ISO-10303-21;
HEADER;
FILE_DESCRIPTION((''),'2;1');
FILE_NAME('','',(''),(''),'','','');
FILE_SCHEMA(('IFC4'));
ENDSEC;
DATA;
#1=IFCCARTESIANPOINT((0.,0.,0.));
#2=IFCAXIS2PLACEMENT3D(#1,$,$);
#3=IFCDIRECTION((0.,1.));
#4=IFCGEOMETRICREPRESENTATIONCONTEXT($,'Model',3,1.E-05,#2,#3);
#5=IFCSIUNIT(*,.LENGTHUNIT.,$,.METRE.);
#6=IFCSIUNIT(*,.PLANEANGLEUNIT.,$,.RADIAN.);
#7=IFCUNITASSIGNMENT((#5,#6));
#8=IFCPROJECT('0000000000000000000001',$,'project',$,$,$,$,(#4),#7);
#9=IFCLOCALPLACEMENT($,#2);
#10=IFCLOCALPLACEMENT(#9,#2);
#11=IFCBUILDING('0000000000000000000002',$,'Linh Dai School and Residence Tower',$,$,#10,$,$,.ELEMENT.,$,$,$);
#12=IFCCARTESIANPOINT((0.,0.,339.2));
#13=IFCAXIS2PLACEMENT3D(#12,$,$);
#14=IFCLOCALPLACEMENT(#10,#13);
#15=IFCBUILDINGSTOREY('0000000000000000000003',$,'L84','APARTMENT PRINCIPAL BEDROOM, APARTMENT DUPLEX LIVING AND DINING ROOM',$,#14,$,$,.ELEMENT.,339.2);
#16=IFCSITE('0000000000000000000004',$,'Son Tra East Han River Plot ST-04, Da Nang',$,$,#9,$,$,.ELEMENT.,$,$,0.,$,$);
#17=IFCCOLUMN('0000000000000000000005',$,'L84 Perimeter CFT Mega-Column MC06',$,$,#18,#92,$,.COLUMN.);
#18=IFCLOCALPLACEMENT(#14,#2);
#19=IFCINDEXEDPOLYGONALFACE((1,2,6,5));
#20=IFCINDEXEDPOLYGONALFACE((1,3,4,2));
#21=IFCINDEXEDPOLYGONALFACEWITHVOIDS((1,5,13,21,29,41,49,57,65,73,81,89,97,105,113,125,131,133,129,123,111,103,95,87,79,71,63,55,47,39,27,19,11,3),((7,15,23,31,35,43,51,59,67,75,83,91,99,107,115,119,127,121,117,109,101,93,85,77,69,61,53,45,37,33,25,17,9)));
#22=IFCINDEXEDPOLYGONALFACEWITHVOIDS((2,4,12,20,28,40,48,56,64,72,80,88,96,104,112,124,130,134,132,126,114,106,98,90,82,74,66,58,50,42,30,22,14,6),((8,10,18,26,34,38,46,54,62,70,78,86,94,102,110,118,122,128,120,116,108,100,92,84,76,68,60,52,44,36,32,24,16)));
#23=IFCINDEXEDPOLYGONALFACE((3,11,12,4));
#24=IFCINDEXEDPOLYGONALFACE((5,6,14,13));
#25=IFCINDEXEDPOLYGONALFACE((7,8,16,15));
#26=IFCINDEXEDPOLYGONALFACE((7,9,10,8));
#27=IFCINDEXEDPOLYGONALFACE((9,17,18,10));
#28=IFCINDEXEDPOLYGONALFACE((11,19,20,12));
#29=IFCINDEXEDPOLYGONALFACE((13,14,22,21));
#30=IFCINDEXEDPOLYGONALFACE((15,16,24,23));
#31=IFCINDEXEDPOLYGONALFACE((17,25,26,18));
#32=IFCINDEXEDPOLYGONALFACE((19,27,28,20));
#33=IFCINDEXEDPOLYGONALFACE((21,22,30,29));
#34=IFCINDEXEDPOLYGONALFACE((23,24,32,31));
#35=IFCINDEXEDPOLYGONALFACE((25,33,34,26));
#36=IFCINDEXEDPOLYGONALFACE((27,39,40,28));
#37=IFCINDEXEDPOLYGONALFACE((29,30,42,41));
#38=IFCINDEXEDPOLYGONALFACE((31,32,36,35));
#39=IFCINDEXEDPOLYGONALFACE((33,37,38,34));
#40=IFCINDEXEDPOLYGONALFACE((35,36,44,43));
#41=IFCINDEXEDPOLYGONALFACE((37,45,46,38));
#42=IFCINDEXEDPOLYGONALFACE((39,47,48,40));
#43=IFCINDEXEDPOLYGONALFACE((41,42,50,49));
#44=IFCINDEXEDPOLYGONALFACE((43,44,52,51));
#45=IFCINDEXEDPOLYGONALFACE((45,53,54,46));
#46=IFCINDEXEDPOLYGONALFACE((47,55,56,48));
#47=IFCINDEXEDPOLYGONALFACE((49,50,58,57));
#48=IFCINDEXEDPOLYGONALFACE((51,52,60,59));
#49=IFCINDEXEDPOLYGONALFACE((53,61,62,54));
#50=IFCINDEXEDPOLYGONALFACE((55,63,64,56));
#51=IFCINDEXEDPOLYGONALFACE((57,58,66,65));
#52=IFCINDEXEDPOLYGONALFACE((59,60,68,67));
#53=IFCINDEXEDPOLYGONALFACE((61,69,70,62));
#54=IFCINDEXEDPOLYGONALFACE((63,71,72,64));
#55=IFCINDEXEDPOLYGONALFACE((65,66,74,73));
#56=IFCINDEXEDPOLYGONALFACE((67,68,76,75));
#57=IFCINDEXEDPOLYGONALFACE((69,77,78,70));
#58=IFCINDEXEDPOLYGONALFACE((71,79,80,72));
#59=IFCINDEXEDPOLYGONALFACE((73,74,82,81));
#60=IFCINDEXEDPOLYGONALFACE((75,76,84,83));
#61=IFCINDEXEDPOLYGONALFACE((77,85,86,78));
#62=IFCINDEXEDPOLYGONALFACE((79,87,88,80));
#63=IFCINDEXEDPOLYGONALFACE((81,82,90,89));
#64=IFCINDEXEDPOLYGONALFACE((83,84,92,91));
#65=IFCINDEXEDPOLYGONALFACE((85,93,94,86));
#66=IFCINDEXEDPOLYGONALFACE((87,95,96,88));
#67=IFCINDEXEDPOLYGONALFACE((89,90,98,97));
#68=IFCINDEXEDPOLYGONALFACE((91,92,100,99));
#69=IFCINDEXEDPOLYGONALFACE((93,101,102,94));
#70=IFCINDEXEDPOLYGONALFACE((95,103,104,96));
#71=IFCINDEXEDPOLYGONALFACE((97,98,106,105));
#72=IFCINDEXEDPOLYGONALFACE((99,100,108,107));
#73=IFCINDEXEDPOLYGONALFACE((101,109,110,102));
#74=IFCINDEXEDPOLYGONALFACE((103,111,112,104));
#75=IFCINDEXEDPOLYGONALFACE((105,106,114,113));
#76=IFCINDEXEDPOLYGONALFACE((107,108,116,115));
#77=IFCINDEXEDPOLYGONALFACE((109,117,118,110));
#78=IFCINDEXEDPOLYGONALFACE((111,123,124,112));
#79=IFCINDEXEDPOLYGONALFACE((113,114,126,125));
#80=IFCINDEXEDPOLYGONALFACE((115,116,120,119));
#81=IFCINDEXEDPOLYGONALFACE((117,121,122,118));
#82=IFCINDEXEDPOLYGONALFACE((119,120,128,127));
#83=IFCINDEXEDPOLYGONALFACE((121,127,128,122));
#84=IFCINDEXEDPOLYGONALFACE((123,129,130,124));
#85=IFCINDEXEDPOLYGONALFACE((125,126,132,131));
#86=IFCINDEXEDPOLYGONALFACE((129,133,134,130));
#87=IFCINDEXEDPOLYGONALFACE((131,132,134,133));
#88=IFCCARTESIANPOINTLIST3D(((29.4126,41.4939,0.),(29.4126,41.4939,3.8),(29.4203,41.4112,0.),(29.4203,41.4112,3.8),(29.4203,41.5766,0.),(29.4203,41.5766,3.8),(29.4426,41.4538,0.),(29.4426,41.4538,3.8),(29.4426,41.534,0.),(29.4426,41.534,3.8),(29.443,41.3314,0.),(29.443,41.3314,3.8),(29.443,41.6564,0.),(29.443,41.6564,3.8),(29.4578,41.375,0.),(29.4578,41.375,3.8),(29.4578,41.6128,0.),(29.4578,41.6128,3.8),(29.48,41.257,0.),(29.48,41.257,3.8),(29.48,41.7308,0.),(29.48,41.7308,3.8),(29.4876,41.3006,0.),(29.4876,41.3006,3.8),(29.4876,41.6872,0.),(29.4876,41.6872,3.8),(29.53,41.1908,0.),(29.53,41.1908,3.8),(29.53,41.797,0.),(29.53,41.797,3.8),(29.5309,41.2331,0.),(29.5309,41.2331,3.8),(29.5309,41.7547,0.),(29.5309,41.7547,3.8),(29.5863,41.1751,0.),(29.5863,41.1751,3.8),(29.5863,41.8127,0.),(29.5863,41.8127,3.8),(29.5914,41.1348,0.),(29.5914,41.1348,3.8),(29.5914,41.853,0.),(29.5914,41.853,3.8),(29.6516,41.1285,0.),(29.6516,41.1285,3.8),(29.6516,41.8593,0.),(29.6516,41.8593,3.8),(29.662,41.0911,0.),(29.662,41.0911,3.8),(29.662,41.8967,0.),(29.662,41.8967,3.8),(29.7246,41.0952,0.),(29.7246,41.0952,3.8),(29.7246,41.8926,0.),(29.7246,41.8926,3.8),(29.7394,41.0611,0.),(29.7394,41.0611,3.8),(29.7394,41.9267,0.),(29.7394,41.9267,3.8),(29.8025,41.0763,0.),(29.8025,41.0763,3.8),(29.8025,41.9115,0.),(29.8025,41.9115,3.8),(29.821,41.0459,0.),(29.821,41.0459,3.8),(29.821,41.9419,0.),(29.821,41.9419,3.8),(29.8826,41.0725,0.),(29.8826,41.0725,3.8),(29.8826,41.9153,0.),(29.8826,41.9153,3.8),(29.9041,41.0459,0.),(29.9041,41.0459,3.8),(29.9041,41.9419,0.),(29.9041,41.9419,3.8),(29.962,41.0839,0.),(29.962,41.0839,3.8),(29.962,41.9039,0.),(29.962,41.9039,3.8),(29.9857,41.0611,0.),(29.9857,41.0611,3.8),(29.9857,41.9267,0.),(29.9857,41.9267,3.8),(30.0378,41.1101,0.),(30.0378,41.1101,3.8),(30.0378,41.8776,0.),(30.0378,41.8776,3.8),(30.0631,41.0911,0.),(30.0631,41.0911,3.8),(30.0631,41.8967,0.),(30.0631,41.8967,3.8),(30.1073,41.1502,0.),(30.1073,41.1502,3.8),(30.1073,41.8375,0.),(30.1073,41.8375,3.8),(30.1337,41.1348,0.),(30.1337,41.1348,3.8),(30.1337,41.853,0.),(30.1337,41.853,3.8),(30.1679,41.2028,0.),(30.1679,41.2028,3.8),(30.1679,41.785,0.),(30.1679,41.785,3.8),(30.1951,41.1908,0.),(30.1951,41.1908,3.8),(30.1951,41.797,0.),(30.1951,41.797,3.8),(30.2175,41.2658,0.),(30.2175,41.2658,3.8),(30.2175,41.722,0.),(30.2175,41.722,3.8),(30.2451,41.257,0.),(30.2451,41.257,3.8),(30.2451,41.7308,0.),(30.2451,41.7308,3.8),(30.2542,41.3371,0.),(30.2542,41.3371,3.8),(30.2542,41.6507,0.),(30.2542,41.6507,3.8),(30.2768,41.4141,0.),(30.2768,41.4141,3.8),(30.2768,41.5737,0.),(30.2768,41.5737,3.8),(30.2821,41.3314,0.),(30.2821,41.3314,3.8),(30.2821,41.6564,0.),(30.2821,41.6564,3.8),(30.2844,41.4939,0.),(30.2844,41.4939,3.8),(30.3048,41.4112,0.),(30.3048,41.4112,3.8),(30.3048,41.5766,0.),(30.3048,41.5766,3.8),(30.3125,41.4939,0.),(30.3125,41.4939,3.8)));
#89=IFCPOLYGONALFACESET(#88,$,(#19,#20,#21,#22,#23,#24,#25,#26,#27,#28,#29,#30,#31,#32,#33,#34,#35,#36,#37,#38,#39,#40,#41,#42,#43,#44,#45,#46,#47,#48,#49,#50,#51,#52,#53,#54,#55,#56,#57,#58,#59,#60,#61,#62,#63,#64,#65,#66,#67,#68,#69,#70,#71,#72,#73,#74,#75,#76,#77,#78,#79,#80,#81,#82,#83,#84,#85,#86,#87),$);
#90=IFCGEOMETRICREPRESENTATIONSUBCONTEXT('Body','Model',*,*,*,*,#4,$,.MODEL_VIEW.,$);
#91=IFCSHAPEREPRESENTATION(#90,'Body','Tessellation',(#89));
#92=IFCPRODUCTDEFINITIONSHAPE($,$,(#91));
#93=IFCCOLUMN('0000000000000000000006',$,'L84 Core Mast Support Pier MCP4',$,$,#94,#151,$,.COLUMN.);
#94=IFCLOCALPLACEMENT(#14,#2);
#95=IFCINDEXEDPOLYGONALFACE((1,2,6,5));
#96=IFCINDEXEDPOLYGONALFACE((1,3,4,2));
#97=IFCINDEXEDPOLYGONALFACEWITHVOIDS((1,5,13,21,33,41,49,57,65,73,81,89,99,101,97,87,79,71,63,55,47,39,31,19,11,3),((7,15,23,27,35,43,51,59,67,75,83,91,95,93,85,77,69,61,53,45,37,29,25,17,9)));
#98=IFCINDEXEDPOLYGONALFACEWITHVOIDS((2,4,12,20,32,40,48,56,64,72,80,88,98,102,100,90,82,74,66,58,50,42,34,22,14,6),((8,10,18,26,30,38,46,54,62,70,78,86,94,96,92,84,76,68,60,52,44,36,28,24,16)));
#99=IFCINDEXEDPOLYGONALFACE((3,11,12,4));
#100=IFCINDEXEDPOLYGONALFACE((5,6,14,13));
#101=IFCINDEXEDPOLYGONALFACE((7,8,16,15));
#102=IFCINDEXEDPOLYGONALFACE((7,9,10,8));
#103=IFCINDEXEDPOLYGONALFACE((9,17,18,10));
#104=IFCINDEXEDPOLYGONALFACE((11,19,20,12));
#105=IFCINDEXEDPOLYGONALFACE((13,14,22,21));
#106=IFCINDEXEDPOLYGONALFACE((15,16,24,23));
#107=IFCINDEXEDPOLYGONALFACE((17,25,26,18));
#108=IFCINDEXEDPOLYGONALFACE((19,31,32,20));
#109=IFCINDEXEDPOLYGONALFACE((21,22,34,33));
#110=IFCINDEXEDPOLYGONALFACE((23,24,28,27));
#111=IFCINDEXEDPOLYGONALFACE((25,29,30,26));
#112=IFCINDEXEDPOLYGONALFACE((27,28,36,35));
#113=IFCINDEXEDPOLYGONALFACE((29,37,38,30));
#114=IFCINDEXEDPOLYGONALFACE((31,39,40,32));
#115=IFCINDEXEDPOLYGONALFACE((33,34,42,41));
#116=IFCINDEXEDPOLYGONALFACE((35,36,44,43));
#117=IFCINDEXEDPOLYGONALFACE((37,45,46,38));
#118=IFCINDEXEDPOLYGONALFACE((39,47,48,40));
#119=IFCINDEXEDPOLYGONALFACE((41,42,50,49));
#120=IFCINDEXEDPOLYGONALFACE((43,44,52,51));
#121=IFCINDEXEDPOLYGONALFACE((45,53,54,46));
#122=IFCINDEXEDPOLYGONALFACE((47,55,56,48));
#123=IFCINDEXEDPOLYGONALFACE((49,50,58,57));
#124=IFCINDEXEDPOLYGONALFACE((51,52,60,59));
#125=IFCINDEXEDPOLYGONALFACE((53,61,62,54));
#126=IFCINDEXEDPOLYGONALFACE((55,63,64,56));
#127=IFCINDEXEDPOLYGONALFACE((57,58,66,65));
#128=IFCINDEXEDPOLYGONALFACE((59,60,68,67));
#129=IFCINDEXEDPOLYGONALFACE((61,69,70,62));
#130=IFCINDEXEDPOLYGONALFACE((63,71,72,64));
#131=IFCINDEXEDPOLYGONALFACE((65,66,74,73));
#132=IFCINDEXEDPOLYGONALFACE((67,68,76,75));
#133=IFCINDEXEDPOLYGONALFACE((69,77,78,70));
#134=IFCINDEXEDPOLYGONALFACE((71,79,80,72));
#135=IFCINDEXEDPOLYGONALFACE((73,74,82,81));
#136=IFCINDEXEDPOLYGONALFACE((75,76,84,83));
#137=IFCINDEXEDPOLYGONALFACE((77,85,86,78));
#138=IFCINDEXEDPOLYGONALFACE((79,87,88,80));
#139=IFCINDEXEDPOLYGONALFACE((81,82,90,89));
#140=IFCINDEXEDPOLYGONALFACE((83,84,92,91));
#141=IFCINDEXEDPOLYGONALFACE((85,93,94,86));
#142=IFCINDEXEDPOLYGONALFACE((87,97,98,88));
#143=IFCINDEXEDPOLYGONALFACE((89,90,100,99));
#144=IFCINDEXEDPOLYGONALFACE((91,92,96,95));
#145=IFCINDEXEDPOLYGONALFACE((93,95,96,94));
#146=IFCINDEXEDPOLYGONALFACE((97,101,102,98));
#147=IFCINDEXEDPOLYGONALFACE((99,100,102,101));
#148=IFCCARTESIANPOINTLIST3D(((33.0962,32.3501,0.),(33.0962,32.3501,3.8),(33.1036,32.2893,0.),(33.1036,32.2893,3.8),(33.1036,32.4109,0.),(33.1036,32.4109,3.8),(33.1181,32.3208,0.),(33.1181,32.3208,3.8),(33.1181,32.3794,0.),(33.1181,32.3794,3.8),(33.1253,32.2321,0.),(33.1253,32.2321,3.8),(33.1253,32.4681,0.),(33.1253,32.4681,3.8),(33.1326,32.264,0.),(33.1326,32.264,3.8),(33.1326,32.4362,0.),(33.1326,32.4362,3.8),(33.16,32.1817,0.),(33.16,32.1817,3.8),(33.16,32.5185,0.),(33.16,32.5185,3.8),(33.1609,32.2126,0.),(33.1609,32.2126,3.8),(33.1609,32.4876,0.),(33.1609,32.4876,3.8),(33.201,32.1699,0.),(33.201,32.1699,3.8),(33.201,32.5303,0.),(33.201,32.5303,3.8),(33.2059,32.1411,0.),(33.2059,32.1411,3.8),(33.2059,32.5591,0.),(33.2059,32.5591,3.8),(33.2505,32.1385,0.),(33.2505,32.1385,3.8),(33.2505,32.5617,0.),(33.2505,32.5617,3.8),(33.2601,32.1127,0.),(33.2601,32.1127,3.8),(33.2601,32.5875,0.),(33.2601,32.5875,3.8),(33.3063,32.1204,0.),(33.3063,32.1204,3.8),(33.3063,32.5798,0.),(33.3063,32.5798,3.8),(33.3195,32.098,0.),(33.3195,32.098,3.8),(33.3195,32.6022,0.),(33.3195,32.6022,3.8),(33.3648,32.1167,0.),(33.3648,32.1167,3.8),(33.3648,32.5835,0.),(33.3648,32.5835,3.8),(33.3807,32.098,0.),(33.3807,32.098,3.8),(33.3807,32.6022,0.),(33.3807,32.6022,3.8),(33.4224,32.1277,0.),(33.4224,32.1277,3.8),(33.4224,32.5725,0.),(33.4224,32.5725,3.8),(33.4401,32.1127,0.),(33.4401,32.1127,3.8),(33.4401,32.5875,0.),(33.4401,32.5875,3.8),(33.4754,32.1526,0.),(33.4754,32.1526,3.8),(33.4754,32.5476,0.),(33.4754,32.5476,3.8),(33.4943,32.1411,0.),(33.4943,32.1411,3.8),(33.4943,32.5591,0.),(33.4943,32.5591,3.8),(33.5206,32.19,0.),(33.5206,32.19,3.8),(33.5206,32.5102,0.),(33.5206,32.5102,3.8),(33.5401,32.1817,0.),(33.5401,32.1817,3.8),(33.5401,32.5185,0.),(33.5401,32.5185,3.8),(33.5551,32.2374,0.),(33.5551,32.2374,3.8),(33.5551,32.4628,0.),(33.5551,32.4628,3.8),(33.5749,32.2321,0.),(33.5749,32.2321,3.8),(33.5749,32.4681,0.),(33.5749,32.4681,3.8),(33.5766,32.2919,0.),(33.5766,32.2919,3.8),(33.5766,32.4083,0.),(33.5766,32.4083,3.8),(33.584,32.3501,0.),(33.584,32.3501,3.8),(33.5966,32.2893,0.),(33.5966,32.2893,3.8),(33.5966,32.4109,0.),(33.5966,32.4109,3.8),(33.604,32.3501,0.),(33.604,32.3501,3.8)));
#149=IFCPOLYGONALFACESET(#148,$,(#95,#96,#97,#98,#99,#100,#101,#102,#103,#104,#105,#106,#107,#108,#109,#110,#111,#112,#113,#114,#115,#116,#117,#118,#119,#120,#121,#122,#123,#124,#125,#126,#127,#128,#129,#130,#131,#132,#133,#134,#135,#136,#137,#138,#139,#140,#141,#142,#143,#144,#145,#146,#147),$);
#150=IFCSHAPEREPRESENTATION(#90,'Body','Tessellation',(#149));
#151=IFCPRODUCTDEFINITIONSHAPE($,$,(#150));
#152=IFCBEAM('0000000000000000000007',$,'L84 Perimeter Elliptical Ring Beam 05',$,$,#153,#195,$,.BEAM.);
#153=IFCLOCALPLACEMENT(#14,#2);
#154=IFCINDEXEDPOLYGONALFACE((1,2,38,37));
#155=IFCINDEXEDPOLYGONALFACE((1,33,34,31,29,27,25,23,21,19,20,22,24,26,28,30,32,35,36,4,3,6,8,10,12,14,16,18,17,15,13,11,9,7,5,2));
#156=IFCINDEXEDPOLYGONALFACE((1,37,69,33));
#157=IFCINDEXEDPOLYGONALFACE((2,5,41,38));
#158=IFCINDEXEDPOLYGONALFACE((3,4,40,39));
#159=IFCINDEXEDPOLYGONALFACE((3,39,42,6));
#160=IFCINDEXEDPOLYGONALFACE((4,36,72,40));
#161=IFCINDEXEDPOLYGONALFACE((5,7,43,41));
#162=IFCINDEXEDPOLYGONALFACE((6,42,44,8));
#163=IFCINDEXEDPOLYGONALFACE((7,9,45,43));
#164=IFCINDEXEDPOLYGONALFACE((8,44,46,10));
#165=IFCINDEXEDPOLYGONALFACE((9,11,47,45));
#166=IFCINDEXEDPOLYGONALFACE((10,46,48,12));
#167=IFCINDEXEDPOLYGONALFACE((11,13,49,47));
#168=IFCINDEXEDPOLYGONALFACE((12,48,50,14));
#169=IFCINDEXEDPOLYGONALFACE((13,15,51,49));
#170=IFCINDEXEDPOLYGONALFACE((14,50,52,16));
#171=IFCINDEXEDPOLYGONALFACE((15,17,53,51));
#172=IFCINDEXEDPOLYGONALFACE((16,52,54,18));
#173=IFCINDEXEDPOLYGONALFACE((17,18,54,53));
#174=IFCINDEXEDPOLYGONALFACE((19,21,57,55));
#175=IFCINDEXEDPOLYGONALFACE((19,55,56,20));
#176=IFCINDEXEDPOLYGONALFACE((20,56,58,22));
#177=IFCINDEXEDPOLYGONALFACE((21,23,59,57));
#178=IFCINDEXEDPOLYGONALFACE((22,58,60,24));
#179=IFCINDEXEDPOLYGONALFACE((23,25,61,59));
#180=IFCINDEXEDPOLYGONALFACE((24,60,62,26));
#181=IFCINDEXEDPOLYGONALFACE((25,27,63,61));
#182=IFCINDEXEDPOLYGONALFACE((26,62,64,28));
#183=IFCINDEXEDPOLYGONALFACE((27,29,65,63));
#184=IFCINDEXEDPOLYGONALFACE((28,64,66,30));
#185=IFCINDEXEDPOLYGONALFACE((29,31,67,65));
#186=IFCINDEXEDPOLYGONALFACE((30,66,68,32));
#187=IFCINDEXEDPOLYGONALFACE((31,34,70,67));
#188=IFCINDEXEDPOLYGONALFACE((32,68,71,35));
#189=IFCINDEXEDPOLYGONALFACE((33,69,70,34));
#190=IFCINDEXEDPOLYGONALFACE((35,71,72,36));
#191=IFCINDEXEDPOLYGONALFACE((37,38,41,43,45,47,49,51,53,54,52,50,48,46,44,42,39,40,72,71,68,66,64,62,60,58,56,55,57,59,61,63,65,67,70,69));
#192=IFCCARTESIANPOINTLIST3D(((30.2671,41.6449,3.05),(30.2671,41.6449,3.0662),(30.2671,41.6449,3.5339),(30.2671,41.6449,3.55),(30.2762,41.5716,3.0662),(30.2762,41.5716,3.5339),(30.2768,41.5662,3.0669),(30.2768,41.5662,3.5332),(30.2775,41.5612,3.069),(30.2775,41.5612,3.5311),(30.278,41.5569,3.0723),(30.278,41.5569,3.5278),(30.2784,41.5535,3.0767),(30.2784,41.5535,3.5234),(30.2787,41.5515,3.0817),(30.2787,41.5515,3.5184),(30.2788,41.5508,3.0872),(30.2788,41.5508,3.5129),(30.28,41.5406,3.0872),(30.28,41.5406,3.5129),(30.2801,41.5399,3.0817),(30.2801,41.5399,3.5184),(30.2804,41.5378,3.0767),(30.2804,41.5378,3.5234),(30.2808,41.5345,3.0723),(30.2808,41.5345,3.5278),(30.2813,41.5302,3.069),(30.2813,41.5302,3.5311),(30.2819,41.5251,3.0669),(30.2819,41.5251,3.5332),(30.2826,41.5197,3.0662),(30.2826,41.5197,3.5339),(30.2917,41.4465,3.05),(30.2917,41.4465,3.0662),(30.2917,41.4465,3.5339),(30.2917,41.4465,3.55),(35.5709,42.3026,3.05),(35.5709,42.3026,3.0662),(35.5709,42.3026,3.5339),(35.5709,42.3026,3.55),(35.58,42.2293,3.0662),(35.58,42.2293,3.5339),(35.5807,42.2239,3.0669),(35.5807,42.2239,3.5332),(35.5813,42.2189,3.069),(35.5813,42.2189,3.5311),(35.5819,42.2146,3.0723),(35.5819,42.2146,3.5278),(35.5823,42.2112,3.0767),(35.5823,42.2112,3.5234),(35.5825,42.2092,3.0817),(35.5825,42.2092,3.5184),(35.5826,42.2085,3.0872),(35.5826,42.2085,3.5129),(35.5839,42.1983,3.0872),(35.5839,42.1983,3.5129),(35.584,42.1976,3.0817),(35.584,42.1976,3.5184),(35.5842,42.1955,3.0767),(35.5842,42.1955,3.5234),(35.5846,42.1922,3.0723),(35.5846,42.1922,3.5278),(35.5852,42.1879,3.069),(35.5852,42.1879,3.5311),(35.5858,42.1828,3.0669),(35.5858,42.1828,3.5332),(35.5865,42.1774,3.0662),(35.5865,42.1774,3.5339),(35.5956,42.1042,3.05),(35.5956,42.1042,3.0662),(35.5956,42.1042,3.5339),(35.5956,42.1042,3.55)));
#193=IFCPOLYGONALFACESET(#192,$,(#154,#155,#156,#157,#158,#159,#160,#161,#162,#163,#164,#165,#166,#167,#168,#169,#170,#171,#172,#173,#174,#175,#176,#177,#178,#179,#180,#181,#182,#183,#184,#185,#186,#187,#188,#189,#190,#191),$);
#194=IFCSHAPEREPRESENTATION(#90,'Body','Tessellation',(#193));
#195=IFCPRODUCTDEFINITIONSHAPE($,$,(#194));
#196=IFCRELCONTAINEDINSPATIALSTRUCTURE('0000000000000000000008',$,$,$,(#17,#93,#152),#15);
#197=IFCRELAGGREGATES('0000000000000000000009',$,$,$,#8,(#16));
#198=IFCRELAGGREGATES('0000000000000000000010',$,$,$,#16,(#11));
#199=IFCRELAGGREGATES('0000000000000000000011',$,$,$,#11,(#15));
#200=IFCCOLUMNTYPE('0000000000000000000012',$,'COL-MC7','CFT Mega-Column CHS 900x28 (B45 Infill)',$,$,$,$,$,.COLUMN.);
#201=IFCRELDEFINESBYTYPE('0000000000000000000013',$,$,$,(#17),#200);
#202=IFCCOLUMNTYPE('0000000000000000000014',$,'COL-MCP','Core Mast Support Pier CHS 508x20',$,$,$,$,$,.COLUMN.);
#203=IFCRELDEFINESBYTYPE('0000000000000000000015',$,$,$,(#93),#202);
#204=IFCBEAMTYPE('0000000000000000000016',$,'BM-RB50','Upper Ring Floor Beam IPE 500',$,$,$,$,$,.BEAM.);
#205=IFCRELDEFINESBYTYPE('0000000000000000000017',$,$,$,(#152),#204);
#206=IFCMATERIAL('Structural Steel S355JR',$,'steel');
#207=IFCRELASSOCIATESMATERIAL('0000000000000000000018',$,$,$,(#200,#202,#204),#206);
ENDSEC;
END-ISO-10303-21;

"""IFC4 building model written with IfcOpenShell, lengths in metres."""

from ifc_helpers import new_model, si_unit, direction, frame, origin, origin_2d, place, context, subcontext, project, spatial, hollow_circle, i_section, extrude, material, material_profile, profile_set, type_object, element, save


model = new_model("IFC4")

# Units and contexts
model_context = context("Model", 3, precision=1e-05, world=origin(), true_north=direction((0.0, 1.0)))
body_context = subcontext(model_context, "Body", "Model", "MODEL_VIEW")
ifc_project = project(units=[si_unit("LENGTHUNIT", "METRE"), si_unit("PLANEANGLEUNIT", "RADIAN")], contexts=[model_context])

# Site, building, storey
site_placement = place(None, origin())
site = spatial("IfcSite", under=ifc_project, at=site_placement, Name="Son Tra East Han River Plot ST-04, Da Nang", CompositionType="ELEMENT", RefElevation=0.0)
building_placement = place(site_placement, origin())
building = spatial("IfcBuilding", under=site, at=building_placement, Name="Linh Dai School and Residence Tower", CompositionType="ELEMENT")
storey_placement = place(building_placement, frame((0.0, 0.0, 339.2)))
storey = spatial("IfcBuildingStorey", under=building, at=storey_placement, Name="L84", Description="APARTMENT PRINCIPAL BEDROOM, APARTMENT DUPLEX LIVING AND DINING ROOM", CompositionType="ELEMENT", Elevation=339.2)

# Columns
ifc_material_1 = material(Name="Structural Steel S355JR", Category="steel")
ifc_material_profile_1 = material_profile(ifc_material_1, hollow_circle(Radius=0.45, WallThickness=0.0281, at=origin_2d()), Name="CHS 900x28")
ifc_profile_set_1 = profile_set([ifc_material_profile_1], Name="Structural Steel S355JR")
column_type_1 = type_object("IfcColumnType", Name="COL-MC7", Description="CFT Mega-Column CHS 900x28 (B45 Infill)", PredefinedType="COLUMN", material=ifc_profile_set_1)
for number, where, z_axis, x_axis, name in (
    (1, (29.8625, 41.4939, 0.0), (0.0, 0.0, 1.0), (1.0, 0.0, 0.0), "L84 Perimeter CFT Mega-Column MC06"),
):
    element("IfcColumn", number, at=place(storey_placement, frame(where, z_axis=z_axis, x_axis=x_axis)), inside=storey, type_object=column_type_1, Name=name, PredefinedType="COLUMN", context=body_context, shape_type="SweptSolid", body=[
        extrude(hollow_circle(Radius=0.45, WallThickness=0.0281, at=origin_2d()), origin(), (0.0, 0.0, 1.0), 3.8),
    ])
ifc_material_profile_2 = material_profile(ifc_material_1, hollow_circle(Radius=0.2539, WallThickness=0.02, at=origin_2d()), Name="CHS 508x20")
ifc_profile_set_2 = profile_set([ifc_material_profile_2], Name="Structural Steel S355JR")
column_type_2 = type_object("IfcColumnType", Name="COL-MCP", Description="Core Mast Support Pier CHS 508x20", PredefinedType="COLUMN", material=ifc_profile_set_2)
column_1_placement = place(storey_placement, frame((33.3501, 32.3501, 0.0), z_axis=(0.0, 0.0, 1.0), x_axis=(1.0, 0.0, 0.0)))
element("IfcColumn", 2, at=column_1_placement, inside=storey, type_object=column_type_2, Name="L84 Core Mast Support Pier MCP4", PredefinedType="COLUMN", context=body_context, shape_type="SweptSolid", body=[
    extrude(hollow_circle(Radius=0.2539, WallThickness=0.02, at=origin_2d()), origin(), (0.0, 0.0, 1.0), 3.8),
])

# Beam
ifc_material_profile_3 = material_profile(ifc_material_1, i_section(OverallWidth=0.2, OverallDepth=0.5, WebThickness=0.0103, FlangeThickness=0.0161, FilletRadius=0.021, at=origin_2d()), Name="IPE 500")
ifc_profile_set_3 = profile_set([ifc_material_profile_3], Name="Structural Steel S355JR")
beam_type_1 = type_object("IfcBeamType", Name="BM-RB50", Description="Upper Ring Floor Beam IPE 500", PredefinedType="BEAM", material=ifc_profile_set_3)
beam_1_placement = place(storey_placement, frame((35.5833, 42.2034, 3.3), z_axis=(-0.992399, -0.123062, 0.0), x_axis=(0.123062, -0.992399, 0.0)))
element("IfcBeam", 3, at=beam_1_placement, inside=storey, type_object=beam_type_1, Name="L84 Perimeter Elliptical Ring Beam 05", PredefinedType="BEAM", context=body_context, shape_type="SweptSolid", body=[
    extrude(i_section(OverallWidth=0.2, OverallDepth=0.5, WebThickness=0.0103, FlangeThickness=0.0161, FilletRadius=0.021, at=origin_2d()), origin(), (0.0, 0.0, 1.0), 5.3445),
])

save(model, "model.ifc")
